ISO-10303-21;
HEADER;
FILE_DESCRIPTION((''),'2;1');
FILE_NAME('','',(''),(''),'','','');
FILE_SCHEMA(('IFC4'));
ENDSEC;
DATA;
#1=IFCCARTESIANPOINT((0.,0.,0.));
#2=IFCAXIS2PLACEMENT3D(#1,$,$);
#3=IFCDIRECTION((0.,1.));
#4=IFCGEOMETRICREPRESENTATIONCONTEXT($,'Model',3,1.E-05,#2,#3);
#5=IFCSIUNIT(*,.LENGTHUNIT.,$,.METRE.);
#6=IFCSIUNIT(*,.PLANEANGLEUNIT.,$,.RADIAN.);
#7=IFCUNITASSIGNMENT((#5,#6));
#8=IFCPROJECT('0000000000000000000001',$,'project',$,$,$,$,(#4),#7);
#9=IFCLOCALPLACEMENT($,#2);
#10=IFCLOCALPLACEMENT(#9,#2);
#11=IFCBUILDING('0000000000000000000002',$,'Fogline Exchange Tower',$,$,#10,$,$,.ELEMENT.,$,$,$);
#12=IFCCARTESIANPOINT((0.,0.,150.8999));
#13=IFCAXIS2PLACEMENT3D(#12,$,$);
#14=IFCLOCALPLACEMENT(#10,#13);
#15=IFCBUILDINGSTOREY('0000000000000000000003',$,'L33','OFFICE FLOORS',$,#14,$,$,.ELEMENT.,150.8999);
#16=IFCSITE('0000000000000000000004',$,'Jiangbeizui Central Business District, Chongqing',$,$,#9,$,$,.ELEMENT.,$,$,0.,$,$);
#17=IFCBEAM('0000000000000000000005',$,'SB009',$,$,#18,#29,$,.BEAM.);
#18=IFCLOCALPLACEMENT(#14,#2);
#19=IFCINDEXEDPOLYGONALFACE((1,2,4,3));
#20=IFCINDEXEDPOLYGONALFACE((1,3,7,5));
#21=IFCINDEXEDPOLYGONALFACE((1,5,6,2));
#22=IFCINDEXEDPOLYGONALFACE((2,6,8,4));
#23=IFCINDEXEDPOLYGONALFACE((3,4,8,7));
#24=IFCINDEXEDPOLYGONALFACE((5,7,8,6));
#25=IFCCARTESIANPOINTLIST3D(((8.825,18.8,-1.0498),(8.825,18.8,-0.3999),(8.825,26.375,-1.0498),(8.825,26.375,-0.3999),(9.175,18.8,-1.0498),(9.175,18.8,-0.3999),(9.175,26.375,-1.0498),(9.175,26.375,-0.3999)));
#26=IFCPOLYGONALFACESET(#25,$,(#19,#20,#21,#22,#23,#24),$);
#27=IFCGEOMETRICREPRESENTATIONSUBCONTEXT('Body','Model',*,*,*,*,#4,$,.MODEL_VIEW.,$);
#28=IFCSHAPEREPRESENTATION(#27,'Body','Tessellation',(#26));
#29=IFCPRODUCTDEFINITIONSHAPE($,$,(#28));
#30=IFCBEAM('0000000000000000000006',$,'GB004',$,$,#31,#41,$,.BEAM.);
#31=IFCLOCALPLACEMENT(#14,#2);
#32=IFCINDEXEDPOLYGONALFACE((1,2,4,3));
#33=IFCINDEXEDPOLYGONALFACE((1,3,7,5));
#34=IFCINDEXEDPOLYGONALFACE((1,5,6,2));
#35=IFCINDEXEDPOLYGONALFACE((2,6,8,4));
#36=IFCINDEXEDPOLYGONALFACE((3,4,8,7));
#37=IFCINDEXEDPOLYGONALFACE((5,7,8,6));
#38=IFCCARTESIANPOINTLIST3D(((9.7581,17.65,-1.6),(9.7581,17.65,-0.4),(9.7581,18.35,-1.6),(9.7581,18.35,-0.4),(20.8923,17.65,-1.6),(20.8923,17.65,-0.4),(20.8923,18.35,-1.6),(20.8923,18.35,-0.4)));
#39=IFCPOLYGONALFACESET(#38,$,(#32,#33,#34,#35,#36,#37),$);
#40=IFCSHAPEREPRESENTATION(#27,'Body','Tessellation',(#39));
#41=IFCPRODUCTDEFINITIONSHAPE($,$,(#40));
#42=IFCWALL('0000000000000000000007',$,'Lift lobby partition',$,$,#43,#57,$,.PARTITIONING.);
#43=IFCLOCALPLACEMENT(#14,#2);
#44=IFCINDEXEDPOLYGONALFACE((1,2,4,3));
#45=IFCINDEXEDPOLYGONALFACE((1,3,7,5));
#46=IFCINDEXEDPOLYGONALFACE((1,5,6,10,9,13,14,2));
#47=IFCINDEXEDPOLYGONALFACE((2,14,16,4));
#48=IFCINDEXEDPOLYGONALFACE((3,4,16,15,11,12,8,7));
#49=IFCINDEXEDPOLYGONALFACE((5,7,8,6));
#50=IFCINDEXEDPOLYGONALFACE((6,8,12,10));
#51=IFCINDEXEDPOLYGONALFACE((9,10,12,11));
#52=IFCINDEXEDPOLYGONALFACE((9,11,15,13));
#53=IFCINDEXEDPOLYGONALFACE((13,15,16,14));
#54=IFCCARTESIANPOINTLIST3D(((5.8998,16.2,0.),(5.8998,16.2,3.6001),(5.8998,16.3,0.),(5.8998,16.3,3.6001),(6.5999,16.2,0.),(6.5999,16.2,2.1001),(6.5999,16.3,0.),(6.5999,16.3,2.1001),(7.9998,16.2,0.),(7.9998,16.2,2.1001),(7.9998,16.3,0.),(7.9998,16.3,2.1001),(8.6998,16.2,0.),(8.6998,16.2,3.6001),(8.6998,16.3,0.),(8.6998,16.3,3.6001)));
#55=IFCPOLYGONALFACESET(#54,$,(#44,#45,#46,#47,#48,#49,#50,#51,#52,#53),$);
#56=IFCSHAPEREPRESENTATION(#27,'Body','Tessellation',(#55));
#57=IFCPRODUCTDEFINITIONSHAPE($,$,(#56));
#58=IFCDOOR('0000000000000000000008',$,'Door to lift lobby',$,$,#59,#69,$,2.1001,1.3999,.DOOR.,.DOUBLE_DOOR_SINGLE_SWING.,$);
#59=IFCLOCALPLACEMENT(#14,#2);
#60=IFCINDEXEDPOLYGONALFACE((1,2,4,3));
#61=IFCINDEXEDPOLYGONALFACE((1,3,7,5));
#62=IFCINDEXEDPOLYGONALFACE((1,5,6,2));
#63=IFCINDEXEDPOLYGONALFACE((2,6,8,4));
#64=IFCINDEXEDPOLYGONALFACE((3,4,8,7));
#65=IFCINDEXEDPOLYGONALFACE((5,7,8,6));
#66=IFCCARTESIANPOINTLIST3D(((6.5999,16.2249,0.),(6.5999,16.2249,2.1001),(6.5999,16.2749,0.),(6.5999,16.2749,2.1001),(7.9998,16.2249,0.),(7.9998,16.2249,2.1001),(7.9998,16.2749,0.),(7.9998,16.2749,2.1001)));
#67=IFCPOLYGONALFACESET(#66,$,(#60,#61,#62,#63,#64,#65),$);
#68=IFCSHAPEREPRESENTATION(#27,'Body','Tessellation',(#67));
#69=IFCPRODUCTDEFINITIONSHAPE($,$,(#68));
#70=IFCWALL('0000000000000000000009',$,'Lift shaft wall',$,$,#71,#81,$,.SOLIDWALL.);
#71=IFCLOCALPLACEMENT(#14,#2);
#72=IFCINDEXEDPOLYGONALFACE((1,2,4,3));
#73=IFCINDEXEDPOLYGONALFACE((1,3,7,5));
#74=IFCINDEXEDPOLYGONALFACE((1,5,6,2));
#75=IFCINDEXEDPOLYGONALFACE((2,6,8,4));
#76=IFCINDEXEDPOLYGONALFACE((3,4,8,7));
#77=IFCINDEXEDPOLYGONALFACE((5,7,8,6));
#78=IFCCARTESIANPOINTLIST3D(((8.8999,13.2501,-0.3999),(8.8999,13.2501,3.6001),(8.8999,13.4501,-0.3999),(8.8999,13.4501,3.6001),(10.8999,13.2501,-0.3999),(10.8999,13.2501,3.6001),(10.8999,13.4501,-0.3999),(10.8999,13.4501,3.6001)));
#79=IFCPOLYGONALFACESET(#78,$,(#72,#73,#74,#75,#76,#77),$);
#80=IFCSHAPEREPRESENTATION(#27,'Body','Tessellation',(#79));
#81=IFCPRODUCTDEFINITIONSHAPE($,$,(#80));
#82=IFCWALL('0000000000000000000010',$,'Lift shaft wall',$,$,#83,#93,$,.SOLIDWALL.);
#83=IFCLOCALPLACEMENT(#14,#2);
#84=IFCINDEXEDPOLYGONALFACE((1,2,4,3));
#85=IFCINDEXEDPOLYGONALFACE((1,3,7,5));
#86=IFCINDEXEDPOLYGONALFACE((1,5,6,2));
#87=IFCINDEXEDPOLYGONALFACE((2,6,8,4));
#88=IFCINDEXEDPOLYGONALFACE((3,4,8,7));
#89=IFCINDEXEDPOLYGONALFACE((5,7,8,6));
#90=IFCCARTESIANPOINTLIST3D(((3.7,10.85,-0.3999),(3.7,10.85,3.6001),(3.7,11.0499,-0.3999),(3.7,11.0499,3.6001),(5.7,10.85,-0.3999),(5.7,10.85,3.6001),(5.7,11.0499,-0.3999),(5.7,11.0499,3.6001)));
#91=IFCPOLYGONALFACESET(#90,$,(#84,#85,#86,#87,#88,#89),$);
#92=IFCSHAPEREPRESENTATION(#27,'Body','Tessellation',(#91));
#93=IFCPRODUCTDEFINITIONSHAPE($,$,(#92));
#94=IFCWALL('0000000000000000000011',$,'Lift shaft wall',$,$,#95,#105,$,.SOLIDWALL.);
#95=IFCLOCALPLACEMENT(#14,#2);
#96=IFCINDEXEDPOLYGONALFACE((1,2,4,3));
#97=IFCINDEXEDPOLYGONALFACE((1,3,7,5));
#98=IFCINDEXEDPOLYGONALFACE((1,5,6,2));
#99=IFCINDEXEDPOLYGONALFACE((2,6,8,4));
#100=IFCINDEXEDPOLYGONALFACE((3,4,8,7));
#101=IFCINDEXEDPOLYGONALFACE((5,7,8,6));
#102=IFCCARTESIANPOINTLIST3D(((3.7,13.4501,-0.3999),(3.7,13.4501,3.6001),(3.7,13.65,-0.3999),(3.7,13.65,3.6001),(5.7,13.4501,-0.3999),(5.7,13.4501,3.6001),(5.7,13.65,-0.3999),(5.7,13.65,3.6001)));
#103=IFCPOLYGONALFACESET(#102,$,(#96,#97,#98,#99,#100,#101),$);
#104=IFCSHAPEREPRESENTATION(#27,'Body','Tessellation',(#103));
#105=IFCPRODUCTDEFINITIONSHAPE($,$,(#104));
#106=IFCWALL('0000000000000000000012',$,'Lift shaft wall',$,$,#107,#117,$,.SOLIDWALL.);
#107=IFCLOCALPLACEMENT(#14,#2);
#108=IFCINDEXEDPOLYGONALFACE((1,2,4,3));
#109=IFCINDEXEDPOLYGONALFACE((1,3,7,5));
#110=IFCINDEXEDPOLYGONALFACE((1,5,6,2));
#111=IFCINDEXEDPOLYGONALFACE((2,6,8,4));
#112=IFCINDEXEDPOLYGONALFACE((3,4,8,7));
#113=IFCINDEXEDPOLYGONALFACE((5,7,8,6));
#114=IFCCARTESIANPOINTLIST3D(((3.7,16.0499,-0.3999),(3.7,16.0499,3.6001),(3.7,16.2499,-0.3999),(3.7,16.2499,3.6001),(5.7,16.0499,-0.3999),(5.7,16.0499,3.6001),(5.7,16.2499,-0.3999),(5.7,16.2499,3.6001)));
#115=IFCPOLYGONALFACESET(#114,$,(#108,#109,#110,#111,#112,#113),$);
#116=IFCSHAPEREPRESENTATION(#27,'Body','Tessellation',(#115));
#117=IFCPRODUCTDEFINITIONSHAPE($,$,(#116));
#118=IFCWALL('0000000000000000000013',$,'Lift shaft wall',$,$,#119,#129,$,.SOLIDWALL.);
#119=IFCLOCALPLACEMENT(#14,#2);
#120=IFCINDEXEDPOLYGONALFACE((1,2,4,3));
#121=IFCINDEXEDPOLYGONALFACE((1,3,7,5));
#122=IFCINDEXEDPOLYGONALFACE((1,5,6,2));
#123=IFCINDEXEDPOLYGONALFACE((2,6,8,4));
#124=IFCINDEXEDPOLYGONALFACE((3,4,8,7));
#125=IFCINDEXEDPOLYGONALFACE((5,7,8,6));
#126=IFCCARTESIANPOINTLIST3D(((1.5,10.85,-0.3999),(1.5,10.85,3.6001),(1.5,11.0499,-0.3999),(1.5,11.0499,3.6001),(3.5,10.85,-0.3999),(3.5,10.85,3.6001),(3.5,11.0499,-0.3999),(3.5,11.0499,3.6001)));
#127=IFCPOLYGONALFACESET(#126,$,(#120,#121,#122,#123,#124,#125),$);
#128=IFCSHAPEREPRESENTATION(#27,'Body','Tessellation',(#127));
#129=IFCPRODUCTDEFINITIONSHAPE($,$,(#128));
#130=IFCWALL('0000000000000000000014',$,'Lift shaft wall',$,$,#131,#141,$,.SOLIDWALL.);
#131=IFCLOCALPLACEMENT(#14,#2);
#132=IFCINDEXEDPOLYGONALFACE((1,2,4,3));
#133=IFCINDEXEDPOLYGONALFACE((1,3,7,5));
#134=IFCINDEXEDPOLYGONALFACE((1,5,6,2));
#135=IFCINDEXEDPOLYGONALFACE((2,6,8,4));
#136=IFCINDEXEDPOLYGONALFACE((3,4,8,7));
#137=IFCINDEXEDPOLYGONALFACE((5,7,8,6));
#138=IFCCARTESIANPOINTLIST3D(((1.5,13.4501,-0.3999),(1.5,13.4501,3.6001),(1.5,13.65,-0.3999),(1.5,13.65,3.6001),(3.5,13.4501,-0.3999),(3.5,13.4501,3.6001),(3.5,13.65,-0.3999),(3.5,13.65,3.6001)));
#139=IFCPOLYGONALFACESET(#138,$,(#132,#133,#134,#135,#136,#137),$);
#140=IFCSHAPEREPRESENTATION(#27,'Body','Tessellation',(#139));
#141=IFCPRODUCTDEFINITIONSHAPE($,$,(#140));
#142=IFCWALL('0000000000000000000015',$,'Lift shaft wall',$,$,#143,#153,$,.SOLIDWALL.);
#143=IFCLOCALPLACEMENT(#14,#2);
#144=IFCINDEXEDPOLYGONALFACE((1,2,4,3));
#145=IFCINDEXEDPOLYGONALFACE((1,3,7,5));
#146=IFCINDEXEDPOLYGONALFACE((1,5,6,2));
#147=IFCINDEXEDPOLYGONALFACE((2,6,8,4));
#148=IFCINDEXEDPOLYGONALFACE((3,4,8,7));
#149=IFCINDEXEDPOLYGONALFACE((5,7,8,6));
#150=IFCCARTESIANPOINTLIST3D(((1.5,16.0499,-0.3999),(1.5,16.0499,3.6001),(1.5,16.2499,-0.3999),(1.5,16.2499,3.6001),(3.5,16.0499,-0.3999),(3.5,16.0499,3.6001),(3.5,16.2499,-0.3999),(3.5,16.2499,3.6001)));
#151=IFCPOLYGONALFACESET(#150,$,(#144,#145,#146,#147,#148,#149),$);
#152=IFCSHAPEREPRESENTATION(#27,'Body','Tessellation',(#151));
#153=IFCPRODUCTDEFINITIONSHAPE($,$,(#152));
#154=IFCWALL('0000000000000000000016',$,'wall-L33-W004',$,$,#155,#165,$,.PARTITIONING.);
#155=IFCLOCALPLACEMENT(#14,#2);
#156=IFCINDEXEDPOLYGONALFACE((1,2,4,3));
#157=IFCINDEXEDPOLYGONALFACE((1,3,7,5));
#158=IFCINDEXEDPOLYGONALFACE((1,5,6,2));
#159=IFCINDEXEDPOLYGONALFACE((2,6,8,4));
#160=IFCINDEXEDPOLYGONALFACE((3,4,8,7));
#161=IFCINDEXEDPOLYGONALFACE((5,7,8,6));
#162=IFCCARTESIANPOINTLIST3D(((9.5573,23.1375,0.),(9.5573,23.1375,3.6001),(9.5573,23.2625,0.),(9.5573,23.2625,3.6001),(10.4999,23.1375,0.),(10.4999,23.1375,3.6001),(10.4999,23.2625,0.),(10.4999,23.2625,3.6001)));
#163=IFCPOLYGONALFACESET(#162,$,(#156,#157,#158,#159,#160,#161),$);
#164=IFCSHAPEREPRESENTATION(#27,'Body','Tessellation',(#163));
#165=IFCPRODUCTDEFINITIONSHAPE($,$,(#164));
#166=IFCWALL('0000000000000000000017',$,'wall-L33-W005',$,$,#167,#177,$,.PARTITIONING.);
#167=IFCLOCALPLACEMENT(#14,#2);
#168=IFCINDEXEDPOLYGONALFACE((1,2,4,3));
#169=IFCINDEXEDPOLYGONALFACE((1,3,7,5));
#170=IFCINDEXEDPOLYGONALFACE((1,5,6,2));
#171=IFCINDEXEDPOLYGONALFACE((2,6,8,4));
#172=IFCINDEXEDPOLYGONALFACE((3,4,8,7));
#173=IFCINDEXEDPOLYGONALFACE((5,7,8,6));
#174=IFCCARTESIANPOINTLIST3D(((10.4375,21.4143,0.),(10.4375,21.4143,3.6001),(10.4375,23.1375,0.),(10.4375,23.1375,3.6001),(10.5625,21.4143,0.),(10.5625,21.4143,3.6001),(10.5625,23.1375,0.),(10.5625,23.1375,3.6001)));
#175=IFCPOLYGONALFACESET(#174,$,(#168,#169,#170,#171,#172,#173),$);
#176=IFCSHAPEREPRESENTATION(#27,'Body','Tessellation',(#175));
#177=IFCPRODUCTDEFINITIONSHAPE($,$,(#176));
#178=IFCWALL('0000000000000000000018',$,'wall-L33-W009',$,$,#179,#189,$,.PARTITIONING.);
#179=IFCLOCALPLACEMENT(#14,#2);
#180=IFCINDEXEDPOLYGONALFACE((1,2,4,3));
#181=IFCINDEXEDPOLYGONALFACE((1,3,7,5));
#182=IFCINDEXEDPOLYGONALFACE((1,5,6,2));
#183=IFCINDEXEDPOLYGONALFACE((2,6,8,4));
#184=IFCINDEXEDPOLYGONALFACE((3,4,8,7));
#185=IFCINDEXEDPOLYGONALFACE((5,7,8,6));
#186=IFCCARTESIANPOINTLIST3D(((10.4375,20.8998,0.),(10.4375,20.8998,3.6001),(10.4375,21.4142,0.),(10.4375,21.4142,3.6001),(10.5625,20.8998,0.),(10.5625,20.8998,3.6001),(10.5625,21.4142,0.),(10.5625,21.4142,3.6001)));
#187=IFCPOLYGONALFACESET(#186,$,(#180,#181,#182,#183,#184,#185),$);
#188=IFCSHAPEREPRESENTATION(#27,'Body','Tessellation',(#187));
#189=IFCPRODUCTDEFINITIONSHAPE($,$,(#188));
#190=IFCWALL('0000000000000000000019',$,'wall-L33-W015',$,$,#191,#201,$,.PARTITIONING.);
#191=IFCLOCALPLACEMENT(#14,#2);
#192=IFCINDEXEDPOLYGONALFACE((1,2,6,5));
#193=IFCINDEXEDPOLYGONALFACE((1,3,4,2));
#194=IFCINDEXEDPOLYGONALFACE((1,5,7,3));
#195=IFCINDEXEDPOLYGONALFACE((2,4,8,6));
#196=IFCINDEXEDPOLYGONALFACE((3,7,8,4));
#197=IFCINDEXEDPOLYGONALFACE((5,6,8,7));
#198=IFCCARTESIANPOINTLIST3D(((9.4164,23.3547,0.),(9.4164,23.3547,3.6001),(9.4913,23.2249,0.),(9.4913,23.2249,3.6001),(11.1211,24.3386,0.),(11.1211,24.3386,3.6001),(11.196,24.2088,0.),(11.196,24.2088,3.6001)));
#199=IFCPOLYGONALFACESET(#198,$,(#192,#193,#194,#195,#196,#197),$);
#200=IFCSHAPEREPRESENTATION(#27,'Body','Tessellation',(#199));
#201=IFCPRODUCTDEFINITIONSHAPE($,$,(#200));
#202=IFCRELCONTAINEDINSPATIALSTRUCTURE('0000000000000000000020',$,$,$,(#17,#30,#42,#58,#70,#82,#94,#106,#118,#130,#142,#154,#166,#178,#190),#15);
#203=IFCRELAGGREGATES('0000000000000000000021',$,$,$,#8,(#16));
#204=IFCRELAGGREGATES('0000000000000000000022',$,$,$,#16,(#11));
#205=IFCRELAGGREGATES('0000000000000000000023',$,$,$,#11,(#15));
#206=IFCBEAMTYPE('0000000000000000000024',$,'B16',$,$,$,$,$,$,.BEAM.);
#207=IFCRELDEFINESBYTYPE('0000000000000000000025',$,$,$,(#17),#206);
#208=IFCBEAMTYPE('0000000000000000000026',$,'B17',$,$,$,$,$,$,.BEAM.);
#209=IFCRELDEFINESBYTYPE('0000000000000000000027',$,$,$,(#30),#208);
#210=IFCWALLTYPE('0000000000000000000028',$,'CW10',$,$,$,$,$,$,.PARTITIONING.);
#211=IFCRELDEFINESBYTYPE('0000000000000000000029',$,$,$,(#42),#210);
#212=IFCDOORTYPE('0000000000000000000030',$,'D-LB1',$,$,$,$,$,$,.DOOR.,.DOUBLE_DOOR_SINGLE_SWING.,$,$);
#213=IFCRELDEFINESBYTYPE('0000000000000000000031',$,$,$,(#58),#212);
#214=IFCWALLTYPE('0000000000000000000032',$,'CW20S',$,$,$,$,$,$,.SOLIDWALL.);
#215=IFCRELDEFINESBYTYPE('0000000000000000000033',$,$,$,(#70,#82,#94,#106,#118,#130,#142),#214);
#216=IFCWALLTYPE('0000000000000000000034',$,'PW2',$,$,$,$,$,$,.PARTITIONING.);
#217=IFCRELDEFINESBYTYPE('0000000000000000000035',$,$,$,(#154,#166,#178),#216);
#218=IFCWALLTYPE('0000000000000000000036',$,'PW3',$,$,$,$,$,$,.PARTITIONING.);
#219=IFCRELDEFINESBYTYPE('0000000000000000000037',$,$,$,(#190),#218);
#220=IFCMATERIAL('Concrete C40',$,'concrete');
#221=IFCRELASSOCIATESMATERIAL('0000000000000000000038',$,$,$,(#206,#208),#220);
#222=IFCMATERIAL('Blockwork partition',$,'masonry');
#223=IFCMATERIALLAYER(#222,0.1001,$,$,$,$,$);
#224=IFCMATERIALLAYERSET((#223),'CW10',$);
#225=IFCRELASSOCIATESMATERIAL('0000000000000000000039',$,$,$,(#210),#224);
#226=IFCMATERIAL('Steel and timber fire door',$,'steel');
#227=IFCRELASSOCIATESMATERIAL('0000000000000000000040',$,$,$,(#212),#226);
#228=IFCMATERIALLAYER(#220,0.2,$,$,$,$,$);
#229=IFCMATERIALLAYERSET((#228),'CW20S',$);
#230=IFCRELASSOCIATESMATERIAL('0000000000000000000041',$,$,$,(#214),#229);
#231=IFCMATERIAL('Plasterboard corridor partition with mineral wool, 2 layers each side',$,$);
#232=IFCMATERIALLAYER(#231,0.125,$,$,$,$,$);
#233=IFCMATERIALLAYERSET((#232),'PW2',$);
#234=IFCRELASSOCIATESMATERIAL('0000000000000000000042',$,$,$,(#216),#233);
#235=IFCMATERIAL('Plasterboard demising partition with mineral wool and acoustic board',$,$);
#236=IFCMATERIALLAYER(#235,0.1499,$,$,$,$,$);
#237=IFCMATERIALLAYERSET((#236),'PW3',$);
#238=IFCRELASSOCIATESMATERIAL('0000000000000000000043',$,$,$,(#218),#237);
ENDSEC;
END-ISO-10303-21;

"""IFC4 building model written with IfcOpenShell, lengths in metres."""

from ifc_helpers import new_model, si_unit, direction, frame, frame_2d, origin, origin_2d, place, context, subcontext, project, spatial, rectangle, extrude, material, layer, layer_set, material_profile, profile_set, type_object, element, fill, save


model = new_model("IFC4")

# Units and contexts
model_context = context("Model", 3, precision=1e-05, world=origin(), true_north=direction((0.0, 1.0)))
body_context = subcontext(model_context, "Body", "Model", "MODEL_VIEW")
ifc_project = project(units=[si_unit("LENGTHUNIT", "METRE"), si_unit("PLANEANGLEUNIT", "RADIAN")], contexts=[model_context])

# Site, building, storey
site_placement = place(None, origin())
site = spatial("IfcSite", under=ifc_project, at=site_placement, Name="Jiangbeizui Central Business District, Chongqing", CompositionType="ELEMENT", RefElevation=0.0)
building_placement = place(site_placement, origin())
building = spatial("IfcBuilding", under=site, at=building_placement, Name="Fogline Exchange Tower", CompositionType="ELEMENT")
storey_placement = place(building_placement, frame((0.0, 0.0, 150.8999)))
storey = spatial("IfcBuildingStorey", under=building, at=storey_placement, Name="L33", Description="OFFICE FLOORS", CompositionType="ELEMENT", Elevation=150.8999)

# Beams
ifc_material_1 = material(Name="Concrete C40", Category="concrete")
ifc_material_profile_1 = material_profile(ifc_material_1, rectangle(XDim=0.3501, YDim=0.6499, at=origin_2d()), Name="RC 350x650")
ifc_profile_set_1 = profile_set([ifc_material_profile_1], Name="Concrete C40")
beam_type_1 = type_object("IfcBeamType", Name="B16", PredefinedType="BEAM", material=ifc_profile_set_1)
beam_1_placement = place(storey_placement, frame((9.0, 18.8, -0.7249), z_axis=(0.0, 1.0, 0.0), x_axis=(-1.0, 0.0, 0.0)))
element("IfcBeam", 1, at=beam_1_placement, inside=storey, type_object=beam_type_1, Name="SB009", PredefinedType="BEAM", context=body_context, shape_type="SweptSolid", body=[
    extrude(rectangle(XDim=0.3501, YDim=0.6499, at=origin_2d()), origin(), (0.0, 0.0, 1.0), 7.575),
])
ifc_material_profile_2 = material_profile(ifc_material_1, rectangle(XDim=0.7, YDim=1.2, at=origin_2d()), Name="RC 700x1200")
ifc_profile_set_2 = profile_set([ifc_material_profile_2], Name="Concrete C40")
beam_type_2 = type_object("IfcBeamType", Name="B17", PredefinedType="BEAM", material=ifc_profile_set_2)
beam_2_placement = place(storey_placement, frame((9.7581, 18.0, -1.0), z_axis=(1.0, 0.0, 0.0), x_axis=(0.0, 1.0, 0.0)))
element("IfcBeam", 2, at=beam_2_placement, inside=storey, type_object=beam_type_2, Name="GB004", PredefinedType="BEAM", context=body_context, shape_type="SweptSolid", body=[
    extrude(rectangle(XDim=0.7, YDim=1.2, at=origin_2d()), origin(), (0.0, 0.0, 1.0), 11.1343),
])

# Wall, opening, door
ifc_material_2 = material(Name="Blockwork partition", Category="masonry")
ifc_layer_1 = layer(ifc_material_2, 0.1001)
ifc_layer_set_1 = layer_set([ifc_layer_1], Name="CW10")
wall_type_1 = type_object("IfcWallType", Name="CW10", PredefinedType="PARTITIONING", material=ifc_layer_set_1)
wall_1_placement = place(storey_placement, frame((5.8999, 16.25, 0.0), z_axis=(0.0, 0.0, 1.0), x_axis=(1.0, 0.0, 0.0)))
wall_1 = element("IfcWall", 3, at=wall_1_placement, inside=storey, type_object=wall_type_1, Name="Lift lobby partition", PredefinedType="PARTITIONING", context=body_context, shape_type="SweptSolid", body=[
    extrude(rectangle(XDim=2.8, YDim=0.1001, at=frame_2d((1.3999, 0.0))), origin(), (0.0, 0.0, 1.0), 3.6001),
])
opening_1_placement = place(wall_1_placement, frame((0.7, 0.0, 0.0)))
opening_1 = element("IfcOpeningElement", 4, at=opening_1_placement, cuts=wall_1, PredefinedType="OPENING", context=body_context, shape_type="SweptSolid", body=[
    extrude(rectangle(XDim=1.3999, YDim=2.1001, at=frame_2d((0.7, 1.05))), frame((0.0, 0.0601, 0.0), z_axis=(0.0, -1.0, 0.0), x_axis=(1.0, 0.0, 0.0)), (0.0, 0.0, 1.0), 0.1201),
])
ifc_material_3 = material(Name="Steel and timber fire door", Category="steel")
door_type_1 = type_object("IfcDoorType", Name="D-LB1", OperationType="DOUBLE_DOOR_SINGLE_SWING", PredefinedType="DOOR", material=ifc_material_3)
door_1_placement = place(opening_1_placement, origin())
door_1 = element("IfcDoor", 5, at=door_1_placement, inside=storey, type_object=door_type_1, Name="Door to lift lobby", OperationType="DOUBLE_DOOR_SINGLE_SWING", OverallHeight=2.1001, OverallWidth=1.3999, PredefinedType="DOOR", context=body_context, shape_type="SweptSolid", body=[
    extrude(rectangle(XDim=1.3999, YDim=2.1001, at=frame_2d((0.7, 1.05))), frame((0.0, 0.0249, 0.0), z_axis=(0.0, -1.0, 0.0), x_axis=(1.0, 0.0, 0.0)), (0.0, 0.0, 1.0), 0.05),
])
fill(opening_1, door_1)

# Walls
ifc_layer_2 = layer(ifc_material_1, 0.2)
ifc_layer_set_2 = layer_set([ifc_layer_2], Name="CW20S")
wall_type_2 = type_object("IfcWallType", Name="CW20S", PredefinedType="SOLIDWALL", material=ifc_layer_set_2)
for number, where, z_axis, x_axis, name in (
    (6, (8.8999, 13.3501, -0.3999), (0.0, 0.0, 1.0), (1.0, 0.0, 0.0), "Lift shaft wall"),
    (7, (3.7, 10.95, -0.3999), (0.0, 0.0, 1.0), (1.0, 0.0, 0.0), "Lift shaft wall"),
    (8, (3.7, 13.55, -0.3999), (0.0, 0.0, 1.0), (1.0, 0.0, 0.0), "Lift shaft wall"),
    (9, (3.7, 16.1499, -0.3999), (0.0, 0.0, 1.0), (1.0, 0.0, 0.0), "Lift shaft wall"),
    (10, (1.5, 10.95, -0.3999), (0.0, 0.0, 1.0), (1.0, 0.0, 0.0), "Lift shaft wall"),
    (11, (1.5, 13.55, -0.3999), (0.0, 0.0, 1.0), (1.0, 0.0, 0.0), "Lift shaft wall"),
    (12, (1.5, 16.1499, -0.3999), (0.0, 0.0, 1.0), (1.0, 0.0, 0.0), "Lift shaft wall"),
):
    element("IfcWall", number, at=place(storey_placement, frame(where, z_axis=z_axis, x_axis=x_axis)), inside=storey, type_object=wall_type_2, Name=name, PredefinedType="SOLIDWALL", context=body_context, shape_type="SweptSolid", body=[
        extrude(rectangle(XDim=2.0, YDim=0.2, at=frame_2d((1.0, 0.0))), origin(), (0.0, 0.0, 1.0), 4.0),
    ])
ifc_material_4 = material(Name="Plasterboard corridor partition with mineral wool, 2 layers each side")
ifc_layer_3 = layer(ifc_material_4, 0.125)
ifc_layer_set_3 = layer_set([ifc_layer_3], Name="PW2")
wall_type_3 = type_object("IfcWallType", Name="PW2", PredefinedType="PARTITIONING", material=ifc_layer_set_3)
wall_2_placement = place(storey_placement, frame((9.5574, 23.2, 0.0), z_axis=(0.0, 0.0, 1.0), x_axis=(1.0, 0.0, 0.0)))
element("IfcWall", 13, at=wall_2_placement, inside=storey, type_object=wall_type_3, Name="wall-L33-W004", PredefinedType="PARTITIONING", context=body_context, shape_type="SweptSolid", body=[
    extrude(rectangle(XDim=0.9426, YDim=0.125, at=frame_2d((0.4712, 0.0))), origin(), (0.0, 0.0, 1.0), 3.6001),
])
wall_3_placement = place(storey_placement, frame((10.5, 23.1375, 0.0), z_axis=(0.0, 0.0, 1.0), x_axis=(0.0, -1.0, 0.0)))
element("IfcWall", 14, at=wall_3_placement, inside=storey, type_object=wall_type_3, Name="wall-L33-W005", PredefinedType="PARTITIONING", context=body_context, shape_type="SweptSolid", body=[
    extrude(rectangle(XDim=1.7231, YDim=0.125, at=frame_2d((0.8616, 0.0))), origin(), (0.0, 0.0, 1.0), 3.6001),
])
wall_4_placement = place(storey_placement, frame((10.5, 21.4143, 0.0), z_axis=(0.0, 0.0, 1.0), x_axis=(0.0, -1.0, 0.0)))
element("IfcWall", 15, at=wall_4_placement, inside=storey, type_object=wall_type_3, Name="wall-L33-W009", PredefinedType="PARTITIONING", context=body_context, shape_type="SweptSolid", body=[
    extrude(rectangle(XDim=0.5144, YDim=0.125, at=frame_2d((0.2573, 0.0))), origin(), (0.0, 0.0, 1.0), 3.6001),
])
ifc_material_5 = material(Name="Plasterboard demising partition with mineral wool and acoustic board")
ifc_layer_4 = layer(ifc_material_5, 0.1499)
ifc_layer_set_4 = layer_set([ifc_layer_4], Name="PW3")
wall_type_4 = type_object("IfcWallType", Name="PW3", PredefinedType="PARTITIONING", material=ifc_layer_set_4)
wall_5_placement = place(storey_placement, frame((9.4539, 23.2898, 0.0), z_axis=(0.0, 0.0, 1.0), x_axis=(0.866082, 0.499901, 0.0)))
element("IfcWall", 16, at=wall_5_placement, inside=storey, type_object=wall_type_4, Name="wall-L33-W015", PredefinedType="PARTITIONING", context=body_context, shape_type="SweptSolid", body=[
    extrude(rectangle(XDim=1.9683, YDim=0.1499, at=frame_2d((0.9841, 0.0))), origin(), (0.0, 0.0, 1.0), 3.6001),
])

save(model, "model.ifc")
